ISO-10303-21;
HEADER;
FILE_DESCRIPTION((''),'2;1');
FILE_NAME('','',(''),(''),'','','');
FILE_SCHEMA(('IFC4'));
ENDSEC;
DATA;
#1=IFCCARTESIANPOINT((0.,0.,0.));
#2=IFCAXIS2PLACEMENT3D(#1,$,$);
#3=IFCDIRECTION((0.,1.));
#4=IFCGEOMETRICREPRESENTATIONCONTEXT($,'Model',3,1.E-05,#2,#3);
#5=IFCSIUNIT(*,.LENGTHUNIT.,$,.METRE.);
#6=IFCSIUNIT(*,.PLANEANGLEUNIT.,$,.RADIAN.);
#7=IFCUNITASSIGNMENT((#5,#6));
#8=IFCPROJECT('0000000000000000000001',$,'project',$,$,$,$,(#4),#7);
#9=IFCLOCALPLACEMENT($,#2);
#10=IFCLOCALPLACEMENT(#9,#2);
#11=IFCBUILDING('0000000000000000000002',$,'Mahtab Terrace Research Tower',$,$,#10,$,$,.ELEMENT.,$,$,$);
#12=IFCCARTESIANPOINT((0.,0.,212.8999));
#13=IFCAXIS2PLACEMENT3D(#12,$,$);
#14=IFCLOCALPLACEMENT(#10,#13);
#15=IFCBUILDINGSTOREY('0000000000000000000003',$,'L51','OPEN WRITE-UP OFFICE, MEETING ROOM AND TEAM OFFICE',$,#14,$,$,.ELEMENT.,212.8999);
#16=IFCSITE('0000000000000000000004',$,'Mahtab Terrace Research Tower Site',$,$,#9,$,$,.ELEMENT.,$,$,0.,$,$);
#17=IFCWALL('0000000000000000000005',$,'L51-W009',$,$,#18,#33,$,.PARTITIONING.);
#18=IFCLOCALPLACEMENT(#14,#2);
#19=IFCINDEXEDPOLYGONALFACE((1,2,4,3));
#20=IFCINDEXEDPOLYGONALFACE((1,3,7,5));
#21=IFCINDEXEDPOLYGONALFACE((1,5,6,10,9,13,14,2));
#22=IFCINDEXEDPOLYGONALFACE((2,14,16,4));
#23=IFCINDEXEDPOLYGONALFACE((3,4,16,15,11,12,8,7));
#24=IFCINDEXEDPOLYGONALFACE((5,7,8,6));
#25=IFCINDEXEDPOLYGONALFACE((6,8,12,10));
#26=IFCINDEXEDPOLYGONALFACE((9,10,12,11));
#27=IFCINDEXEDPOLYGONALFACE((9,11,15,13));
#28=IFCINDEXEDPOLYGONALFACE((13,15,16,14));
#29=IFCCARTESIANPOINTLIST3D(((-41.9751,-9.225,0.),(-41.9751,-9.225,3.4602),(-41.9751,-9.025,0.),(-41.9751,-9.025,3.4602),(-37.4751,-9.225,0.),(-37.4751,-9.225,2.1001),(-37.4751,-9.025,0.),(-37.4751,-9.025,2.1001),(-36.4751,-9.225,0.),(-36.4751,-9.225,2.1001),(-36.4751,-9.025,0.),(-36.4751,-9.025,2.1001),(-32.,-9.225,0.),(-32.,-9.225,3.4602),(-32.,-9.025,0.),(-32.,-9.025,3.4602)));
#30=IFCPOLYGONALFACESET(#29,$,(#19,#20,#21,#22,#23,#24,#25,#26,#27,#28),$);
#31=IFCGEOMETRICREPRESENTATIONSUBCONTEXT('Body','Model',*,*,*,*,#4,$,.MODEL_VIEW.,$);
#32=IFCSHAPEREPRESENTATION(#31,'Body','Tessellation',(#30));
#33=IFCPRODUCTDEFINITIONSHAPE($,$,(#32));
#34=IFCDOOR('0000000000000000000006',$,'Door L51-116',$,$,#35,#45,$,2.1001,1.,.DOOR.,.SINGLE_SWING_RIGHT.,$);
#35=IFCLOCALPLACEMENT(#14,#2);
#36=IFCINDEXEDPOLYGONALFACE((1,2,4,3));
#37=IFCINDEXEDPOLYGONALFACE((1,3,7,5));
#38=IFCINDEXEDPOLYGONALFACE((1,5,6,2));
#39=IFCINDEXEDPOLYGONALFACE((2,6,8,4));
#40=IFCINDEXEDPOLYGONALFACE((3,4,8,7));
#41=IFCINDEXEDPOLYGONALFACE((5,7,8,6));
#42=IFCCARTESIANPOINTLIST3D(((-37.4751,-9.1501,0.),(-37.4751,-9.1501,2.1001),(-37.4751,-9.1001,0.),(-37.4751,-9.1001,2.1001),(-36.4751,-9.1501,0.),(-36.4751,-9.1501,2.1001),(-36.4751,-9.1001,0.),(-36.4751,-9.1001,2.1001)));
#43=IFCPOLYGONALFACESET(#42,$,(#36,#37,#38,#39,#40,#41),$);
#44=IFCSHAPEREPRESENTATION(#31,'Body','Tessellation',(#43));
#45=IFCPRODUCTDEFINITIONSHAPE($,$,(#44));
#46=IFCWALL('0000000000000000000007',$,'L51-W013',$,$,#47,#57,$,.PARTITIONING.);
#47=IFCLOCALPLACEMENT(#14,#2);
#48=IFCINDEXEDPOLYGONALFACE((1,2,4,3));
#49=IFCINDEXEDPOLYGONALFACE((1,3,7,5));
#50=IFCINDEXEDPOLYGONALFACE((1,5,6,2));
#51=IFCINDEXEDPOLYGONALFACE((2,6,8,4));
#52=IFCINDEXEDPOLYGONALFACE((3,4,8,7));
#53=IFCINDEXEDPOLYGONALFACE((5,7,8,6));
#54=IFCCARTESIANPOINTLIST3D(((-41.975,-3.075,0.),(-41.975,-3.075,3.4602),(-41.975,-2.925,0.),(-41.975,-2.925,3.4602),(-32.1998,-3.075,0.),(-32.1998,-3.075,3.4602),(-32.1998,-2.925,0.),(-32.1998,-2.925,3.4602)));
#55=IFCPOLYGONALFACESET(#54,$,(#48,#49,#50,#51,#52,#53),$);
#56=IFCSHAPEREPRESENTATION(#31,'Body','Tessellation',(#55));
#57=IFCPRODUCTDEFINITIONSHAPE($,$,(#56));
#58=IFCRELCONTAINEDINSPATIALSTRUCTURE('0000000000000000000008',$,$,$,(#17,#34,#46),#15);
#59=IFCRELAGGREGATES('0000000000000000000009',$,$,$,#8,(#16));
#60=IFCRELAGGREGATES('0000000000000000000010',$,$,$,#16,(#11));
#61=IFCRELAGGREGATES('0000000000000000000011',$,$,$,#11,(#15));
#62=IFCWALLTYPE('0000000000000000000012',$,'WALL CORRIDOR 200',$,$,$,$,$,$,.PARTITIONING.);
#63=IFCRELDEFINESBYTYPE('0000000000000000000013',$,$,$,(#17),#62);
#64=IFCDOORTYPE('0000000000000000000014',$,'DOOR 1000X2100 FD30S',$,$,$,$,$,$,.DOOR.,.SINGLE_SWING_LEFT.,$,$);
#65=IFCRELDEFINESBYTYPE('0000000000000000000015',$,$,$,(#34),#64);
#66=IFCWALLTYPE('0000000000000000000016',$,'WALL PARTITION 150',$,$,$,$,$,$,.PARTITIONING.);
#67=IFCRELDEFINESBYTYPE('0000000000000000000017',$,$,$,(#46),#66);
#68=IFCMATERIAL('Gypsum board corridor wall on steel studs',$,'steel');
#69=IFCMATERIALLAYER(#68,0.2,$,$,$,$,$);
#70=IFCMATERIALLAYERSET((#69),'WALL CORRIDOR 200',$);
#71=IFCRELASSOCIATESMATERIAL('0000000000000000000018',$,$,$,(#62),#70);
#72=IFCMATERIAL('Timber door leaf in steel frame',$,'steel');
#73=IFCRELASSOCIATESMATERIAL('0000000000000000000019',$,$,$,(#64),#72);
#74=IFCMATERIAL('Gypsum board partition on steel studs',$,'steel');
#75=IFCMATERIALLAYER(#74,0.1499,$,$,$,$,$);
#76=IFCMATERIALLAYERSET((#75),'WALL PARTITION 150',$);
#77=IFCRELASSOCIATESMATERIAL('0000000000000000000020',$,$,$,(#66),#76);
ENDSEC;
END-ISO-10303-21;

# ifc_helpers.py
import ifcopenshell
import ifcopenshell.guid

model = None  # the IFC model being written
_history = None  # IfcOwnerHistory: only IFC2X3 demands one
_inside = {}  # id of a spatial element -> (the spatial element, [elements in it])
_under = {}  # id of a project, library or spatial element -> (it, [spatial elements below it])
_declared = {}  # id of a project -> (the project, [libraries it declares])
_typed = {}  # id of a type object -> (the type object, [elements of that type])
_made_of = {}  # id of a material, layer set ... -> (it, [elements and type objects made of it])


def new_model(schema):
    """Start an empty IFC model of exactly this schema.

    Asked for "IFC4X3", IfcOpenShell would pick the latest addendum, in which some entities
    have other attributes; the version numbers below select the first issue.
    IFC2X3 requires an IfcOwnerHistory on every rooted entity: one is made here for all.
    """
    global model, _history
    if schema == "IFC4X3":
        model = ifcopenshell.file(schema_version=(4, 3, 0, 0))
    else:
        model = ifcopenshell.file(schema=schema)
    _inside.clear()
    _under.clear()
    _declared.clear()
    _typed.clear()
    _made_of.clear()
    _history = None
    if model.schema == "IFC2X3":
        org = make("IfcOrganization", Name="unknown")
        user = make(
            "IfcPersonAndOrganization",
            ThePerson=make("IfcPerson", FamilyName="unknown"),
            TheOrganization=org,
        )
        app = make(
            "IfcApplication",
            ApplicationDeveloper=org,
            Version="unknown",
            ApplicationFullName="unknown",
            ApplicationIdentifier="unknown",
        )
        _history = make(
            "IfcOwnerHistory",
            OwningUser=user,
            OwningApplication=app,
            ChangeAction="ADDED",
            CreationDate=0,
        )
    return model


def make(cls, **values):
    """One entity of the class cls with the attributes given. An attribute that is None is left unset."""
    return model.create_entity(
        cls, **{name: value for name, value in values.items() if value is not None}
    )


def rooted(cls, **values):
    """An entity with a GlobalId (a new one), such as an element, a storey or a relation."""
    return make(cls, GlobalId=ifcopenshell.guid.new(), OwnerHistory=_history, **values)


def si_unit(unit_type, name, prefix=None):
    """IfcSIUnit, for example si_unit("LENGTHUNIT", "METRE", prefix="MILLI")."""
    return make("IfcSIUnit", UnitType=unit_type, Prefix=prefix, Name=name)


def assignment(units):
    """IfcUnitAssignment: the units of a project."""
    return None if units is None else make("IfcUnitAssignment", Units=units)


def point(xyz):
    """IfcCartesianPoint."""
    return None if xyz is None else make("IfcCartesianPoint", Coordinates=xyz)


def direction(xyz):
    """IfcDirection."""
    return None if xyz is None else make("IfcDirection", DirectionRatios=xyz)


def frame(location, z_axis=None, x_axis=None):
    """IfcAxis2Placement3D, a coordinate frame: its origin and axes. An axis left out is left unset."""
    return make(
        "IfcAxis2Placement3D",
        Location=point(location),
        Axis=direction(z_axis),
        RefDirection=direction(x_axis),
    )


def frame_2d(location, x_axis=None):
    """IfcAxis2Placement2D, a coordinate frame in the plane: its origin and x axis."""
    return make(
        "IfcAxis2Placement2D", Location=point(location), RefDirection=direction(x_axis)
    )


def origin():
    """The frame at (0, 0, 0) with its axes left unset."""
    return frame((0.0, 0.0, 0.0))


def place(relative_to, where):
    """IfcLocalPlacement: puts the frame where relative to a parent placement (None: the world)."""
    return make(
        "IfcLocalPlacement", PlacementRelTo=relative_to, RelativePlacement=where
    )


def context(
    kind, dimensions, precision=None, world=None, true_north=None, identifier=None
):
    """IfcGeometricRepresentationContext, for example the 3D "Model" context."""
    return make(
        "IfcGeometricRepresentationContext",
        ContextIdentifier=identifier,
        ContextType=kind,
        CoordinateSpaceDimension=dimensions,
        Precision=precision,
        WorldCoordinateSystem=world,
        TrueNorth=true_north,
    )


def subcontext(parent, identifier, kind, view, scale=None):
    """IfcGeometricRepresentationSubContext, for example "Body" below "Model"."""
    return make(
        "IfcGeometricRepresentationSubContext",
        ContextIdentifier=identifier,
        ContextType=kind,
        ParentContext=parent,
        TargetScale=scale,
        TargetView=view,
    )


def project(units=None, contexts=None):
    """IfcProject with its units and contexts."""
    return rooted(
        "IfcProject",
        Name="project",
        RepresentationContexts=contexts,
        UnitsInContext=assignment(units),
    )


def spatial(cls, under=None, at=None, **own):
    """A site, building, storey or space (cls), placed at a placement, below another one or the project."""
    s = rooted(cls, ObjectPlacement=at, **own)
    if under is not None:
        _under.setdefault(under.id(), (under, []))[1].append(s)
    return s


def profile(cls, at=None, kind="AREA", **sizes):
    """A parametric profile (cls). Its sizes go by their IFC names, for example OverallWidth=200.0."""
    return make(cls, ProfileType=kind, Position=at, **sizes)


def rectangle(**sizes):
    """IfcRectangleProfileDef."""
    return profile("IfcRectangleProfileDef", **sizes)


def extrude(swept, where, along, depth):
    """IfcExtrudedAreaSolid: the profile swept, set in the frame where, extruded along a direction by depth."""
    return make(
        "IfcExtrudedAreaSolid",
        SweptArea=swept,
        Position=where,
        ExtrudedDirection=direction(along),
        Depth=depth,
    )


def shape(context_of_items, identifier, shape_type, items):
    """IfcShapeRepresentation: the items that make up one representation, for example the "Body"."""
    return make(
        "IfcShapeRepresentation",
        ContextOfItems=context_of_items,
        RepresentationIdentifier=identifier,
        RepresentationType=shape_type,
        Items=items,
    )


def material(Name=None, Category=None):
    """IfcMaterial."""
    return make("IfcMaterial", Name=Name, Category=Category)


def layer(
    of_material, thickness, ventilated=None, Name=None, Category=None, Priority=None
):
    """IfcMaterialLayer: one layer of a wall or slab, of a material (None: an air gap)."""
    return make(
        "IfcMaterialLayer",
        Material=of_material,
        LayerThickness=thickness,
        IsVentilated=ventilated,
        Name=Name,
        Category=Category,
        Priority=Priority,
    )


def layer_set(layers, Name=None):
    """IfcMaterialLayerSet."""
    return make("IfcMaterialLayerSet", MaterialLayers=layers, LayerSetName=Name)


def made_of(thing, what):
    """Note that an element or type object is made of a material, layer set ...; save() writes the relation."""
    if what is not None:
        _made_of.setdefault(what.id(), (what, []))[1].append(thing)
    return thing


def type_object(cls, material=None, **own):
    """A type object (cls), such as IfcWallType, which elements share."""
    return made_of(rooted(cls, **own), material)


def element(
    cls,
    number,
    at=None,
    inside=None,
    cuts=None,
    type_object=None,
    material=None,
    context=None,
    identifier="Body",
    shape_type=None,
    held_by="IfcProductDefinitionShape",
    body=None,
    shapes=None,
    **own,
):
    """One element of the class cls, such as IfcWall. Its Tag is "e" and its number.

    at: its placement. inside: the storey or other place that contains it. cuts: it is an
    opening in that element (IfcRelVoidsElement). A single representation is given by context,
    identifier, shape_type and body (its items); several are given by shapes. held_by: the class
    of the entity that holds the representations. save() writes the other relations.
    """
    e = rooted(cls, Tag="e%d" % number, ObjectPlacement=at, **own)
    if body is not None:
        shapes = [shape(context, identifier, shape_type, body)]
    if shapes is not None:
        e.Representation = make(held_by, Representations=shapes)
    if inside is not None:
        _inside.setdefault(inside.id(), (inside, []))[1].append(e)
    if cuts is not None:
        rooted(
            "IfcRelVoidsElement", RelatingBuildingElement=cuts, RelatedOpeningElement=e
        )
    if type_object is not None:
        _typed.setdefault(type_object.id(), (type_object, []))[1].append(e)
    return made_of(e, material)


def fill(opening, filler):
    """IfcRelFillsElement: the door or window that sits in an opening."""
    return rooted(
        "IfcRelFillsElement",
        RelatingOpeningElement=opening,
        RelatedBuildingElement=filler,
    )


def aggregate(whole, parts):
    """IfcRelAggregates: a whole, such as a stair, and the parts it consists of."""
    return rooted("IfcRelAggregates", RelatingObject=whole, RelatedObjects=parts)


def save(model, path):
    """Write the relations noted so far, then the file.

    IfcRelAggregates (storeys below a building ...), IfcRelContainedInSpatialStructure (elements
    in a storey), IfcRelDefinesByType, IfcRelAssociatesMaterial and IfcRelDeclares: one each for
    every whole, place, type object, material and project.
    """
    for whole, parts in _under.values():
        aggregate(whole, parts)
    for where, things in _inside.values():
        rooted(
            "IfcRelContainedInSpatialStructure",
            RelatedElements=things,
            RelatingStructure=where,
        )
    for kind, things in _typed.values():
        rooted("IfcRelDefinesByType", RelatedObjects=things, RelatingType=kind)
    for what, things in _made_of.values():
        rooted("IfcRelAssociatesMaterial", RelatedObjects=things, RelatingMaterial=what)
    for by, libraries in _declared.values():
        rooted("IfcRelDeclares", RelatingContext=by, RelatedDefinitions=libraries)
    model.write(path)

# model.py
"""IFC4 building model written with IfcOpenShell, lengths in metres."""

from ifc_helpers import new_model, si_unit, direction, frame, frame_2d, origin, place, context, subcontext, project, spatial, rectangle, extrude, material, layer, layer_set, type_object, element, fill, save


model = new_model("IFC4")

# Units and contexts
model_context = context("Model", 3, precision=1e-05, world=origin(), true_north=direction((0.0, 1.0)))
body_context = subcontext(model_context, "Body", "Model", "MODEL_VIEW")
ifc_project = project(units=[si_unit("LENGTHUNIT", "METRE"), si_unit("PLANEANGLEUNIT", "RADIAN")], contexts=[model_context])

# Site, building, storey
site_placement = place(None, origin())
site = spatial("IfcSite", under=ifc_project, at=site_placement, Name="Mahtab Terrace Research Tower Site", CompositionType="ELEMENT", RefElevation=0.0)
building_placement = place(site_placement, origin())
building = spatial("IfcBuilding", under=site, at=building_placement, Name="Mahtab Terrace Research Tower", CompositionType="ELEMENT")
storey_placement = place(building_placement, frame((0.0, 0.0, 212.8999)))
storey = spatial("IfcBuildingStorey", under=building, at=storey_placement, Name="L51", Description="OPEN WRITE-UP OFFICE, MEETING ROOM AND TEAM OFFICE", CompositionType="ELEMENT", Elevation=212.8999)

# Wall, opening, door
ifc_material_1 = material(Name="Gypsum board corridor wall on steel studs", Category="steel")
ifc_layer_1 = layer(ifc_material_1, 0.2)
ifc_layer_set_1 = layer_set([ifc_layer_1], Name="WALL CORRIDOR 200")
wall_type_1 = type_object("IfcWallType", Name="WALL CORRIDOR 200", PredefinedType="PARTITIONING", material=ifc_layer_set_1)
wall_1_placement = place(storey_placement, frame((-41.9751, -9.125, 0.0), z_axis=(0.0, 0.0, 1.0), x_axis=(1.0, 0.0, 0.0)))
wall_1 = element("IfcWall", 1, at=wall_1_placement, inside=storey, type_object=wall_type_1, Name="L51-W009", PredefinedType="PARTITIONING", context=body_context, shape_type="SweptSolid", body=[
    extrude(rectangle(XDim=9.9751, YDim=0.2, at=frame_2d((4.9875, 0.0))), origin(), (0.0, 0.0, 1.0), 3.4602),
])
opening_placement = place(wall_1_placement, frame((4.5, 0.0, 0.0)))
opening = element("IfcOpeningElement", 2, at=opening_placement, cuts=wall_1, PredefinedType="OPENING", context=body_context, shape_type="SweptSolid", body=[
    extrude(rectangle(XDim=1.0, YDim=2.1001, at=frame_2d((0.5, 1.05))), frame((0.0, 0.1099, 0.0), z_axis=(0.0, -1.0, 0.0), x_axis=(1.0, 0.0, 0.0)), (0.0, 0.0, 1.0), 0.22),
])
ifc_material_2 = material(Name="Timber door leaf in steel frame", Category="steel")
door_type = type_object("IfcDoorType", Name="DOOR 1000X2100 FD30S", OperationType="SINGLE_SWING_LEFT", PredefinedType="DOOR", material=ifc_material_2)
door_placement = place(opening_placement, origin())
door = element("IfcDoor", 3, at=door_placement, inside=storey, type_object=door_type, Name="Door L51-116", OperationType="SINGLE_SWING_RIGHT", OverallHeight=2.1001, OverallWidth=1.0, PredefinedType="DOOR", context=body_context, shape_type="SweptSolid", body=[
    extrude(rectangle(XDim=1.0, YDim=2.1001, at=frame_2d((0.5, 1.05))), frame((0.0, 0.0249, 0.0), z_axis=(0.0, -1.0, 0.0), x_axis=(1.0, 0.0, 0.0)), (0.0, 0.0, 1.0), 0.05),
])
fill(opening, door)

# Wall
ifc_material_3 = material(Name="Gypsum board partition on steel studs", Category="steel")
ifc_layer_2 = layer(ifc_material_3, 0.1499)
ifc_layer_set_2 = layer_set([ifc_layer_2], Name="WALL PARTITION 150")
wall_type_2 = type_object("IfcWallType", Name="WALL PARTITION 150", PredefinedType="PARTITIONING", material=ifc_layer_set_2)
wall_2_placement = place(storey_placement, frame((-41.9751, -3.0, 0.0), z_axis=(0.0, 0.0, 1.0), x_axis=(1.0, 0.0, 0.0)))
element("IfcWall", 4, at=wall_2_placement, inside=storey, type_object=wall_type_2, Name="L51-W013", PredefinedType="PARTITIONING", context=body_context, shape_type="SweptSolid", body=[
    extrude(rectangle(XDim=9.7751, YDim=0.1499, at=frame_2d((4.8877, 0.0))), origin(), (0.0, 0.0, 1.0), 3.4602),
])

save(model, "model.ifc")
